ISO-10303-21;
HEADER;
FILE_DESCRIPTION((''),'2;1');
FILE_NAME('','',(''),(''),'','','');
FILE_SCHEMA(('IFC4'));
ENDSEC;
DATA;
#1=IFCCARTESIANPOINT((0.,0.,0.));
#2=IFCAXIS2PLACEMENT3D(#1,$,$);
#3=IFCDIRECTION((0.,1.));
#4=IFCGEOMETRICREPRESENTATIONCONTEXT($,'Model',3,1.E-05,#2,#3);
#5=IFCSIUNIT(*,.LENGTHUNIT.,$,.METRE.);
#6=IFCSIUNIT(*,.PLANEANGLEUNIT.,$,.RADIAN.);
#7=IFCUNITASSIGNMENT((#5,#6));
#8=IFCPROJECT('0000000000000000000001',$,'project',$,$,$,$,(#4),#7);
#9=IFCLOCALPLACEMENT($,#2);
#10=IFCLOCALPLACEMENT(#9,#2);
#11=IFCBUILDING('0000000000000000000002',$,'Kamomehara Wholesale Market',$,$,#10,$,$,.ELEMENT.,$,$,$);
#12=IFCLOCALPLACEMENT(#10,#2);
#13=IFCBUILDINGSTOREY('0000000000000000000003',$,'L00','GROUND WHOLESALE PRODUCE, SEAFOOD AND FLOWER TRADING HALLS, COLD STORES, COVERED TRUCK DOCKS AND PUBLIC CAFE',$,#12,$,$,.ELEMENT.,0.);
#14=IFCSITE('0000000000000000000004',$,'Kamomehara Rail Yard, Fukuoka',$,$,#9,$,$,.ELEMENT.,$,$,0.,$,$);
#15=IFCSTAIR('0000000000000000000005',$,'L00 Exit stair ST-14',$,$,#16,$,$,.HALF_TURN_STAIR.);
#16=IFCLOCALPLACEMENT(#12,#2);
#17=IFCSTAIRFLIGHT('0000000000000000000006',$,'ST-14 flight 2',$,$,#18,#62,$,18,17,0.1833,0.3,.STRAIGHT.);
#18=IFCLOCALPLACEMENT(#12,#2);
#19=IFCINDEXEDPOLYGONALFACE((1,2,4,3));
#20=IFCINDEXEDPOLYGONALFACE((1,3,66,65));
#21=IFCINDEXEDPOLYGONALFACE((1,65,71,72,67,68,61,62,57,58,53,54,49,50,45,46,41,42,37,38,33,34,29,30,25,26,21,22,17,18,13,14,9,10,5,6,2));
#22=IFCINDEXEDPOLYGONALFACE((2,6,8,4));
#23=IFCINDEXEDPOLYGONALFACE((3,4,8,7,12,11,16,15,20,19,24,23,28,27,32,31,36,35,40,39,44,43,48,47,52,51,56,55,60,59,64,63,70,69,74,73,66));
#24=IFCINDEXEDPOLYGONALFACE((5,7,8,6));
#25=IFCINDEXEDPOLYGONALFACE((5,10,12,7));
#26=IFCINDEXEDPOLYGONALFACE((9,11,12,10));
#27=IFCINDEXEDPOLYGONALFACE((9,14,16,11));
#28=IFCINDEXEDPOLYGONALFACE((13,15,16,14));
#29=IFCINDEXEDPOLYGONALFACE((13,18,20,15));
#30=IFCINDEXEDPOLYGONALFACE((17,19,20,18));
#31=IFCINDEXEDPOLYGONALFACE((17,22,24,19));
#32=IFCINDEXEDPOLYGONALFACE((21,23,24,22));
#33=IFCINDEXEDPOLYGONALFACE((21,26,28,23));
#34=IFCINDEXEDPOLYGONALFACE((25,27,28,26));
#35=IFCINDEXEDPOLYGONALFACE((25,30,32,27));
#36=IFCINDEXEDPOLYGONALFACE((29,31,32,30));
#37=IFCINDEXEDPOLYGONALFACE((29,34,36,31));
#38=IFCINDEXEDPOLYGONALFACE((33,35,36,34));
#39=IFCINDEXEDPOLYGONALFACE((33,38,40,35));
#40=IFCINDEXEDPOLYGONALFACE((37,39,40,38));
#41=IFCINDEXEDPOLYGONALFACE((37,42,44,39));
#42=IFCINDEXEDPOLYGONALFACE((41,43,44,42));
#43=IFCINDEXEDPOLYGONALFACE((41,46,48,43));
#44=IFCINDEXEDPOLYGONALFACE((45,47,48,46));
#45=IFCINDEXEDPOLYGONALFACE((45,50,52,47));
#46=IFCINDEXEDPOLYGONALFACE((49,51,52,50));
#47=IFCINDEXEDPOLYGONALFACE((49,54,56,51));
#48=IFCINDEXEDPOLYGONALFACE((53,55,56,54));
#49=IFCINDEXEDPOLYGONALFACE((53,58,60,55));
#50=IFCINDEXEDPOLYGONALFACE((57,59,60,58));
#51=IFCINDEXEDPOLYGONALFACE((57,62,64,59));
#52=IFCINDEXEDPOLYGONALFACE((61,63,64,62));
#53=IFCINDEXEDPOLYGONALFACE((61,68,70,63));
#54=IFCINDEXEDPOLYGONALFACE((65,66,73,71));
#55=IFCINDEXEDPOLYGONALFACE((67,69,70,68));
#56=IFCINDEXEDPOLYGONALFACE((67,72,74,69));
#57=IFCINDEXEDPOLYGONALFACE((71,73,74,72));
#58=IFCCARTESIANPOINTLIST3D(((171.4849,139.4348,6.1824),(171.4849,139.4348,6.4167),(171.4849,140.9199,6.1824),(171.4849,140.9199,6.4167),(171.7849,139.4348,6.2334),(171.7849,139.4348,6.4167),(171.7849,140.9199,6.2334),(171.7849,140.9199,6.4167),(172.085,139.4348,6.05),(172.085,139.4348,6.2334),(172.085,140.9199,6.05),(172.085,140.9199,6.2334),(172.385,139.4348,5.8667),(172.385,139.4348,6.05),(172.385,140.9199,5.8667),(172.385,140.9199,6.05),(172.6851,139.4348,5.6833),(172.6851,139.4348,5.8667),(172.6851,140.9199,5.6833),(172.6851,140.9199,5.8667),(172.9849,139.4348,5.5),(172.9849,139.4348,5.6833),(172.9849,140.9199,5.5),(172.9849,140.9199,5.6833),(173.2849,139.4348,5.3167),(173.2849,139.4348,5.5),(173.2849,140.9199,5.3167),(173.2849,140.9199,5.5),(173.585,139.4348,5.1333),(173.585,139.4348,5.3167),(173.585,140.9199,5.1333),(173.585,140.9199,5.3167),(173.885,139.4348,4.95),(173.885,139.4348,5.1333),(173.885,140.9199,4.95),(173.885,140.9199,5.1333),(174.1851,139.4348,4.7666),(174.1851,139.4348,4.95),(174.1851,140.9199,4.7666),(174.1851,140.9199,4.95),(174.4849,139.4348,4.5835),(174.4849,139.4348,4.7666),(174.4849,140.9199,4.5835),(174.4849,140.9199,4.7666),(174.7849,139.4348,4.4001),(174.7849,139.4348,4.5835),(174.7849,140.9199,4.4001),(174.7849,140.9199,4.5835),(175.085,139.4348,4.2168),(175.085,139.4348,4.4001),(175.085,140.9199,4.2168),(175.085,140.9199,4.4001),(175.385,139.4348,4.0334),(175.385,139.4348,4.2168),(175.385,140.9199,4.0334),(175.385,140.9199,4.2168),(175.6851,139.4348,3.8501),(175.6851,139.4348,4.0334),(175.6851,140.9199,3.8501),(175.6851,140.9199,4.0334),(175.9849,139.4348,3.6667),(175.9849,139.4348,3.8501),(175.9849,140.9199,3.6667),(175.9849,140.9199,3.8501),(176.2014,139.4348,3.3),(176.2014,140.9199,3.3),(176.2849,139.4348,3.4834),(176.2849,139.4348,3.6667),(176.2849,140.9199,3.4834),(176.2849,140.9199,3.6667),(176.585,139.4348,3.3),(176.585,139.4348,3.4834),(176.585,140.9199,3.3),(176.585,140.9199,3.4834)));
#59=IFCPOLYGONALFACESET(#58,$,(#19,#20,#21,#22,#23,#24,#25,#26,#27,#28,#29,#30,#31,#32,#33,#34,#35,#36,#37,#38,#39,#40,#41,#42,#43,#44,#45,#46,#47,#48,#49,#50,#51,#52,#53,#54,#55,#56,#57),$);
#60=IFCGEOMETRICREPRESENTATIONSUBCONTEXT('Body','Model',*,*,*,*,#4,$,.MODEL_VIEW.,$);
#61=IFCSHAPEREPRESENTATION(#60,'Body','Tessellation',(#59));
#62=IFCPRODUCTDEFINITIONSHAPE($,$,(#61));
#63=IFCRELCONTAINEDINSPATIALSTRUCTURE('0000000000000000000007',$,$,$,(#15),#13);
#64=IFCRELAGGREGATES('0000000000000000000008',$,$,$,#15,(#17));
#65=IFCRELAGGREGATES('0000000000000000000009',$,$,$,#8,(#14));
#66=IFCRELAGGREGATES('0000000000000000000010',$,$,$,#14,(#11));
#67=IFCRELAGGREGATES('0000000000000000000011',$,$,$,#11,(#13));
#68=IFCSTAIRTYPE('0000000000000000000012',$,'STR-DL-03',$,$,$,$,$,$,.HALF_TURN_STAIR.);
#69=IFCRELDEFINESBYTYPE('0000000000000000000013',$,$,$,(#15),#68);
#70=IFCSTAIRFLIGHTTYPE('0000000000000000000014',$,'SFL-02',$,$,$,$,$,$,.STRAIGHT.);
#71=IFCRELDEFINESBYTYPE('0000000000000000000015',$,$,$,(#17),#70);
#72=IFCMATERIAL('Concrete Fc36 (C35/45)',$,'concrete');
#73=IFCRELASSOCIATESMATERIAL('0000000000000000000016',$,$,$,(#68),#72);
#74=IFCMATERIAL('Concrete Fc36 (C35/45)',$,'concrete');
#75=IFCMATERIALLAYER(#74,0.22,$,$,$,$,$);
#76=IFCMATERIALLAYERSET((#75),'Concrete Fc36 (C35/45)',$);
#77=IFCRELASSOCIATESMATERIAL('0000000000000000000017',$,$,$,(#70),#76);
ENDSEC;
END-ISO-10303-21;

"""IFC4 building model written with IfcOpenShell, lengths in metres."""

from ifc_helpers import new_model, si_unit, direction, frame, origin, place, context, subcontext, project, spatial, polyline, outline, extrude, material, layer, layer_set, type_object, element, aggregate, save


model = new_model("IFC4")

# Units and contexts
model_context = context("Model", 3, precision=1e-05, world=origin(), true_north=direction((0.0, 1.0)))
body_context = subcontext(model_context, "Body", "Model", "MODEL_VIEW")
ifc_project = project(units=[si_unit("LENGTHUNIT", "METRE"), si_unit("PLANEANGLEUNIT", "RADIAN")], contexts=[model_context])

# Site, building, storey
site_placement = place(None, origin())
site = spatial("IfcSite", under=ifc_project, at=site_placement, Name="Kamomehara Rail Yard, Fukuoka", CompositionType="ELEMENT", RefElevation=0.0)
building_placement = place(site_placement, origin())
building = spatial("IfcBuilding", under=site, at=building_placement, Name="Kamomehara Wholesale Market", CompositionType="ELEMENT")
storey_placement = place(building_placement, origin())
storey = spatial("IfcBuildingStorey", under=building, at=storey_placement, Name="L00", Description="GROUND WHOLESALE PRODUCE, SEAFOOD AND FLOWER TRADING HALLS, COLD STORES, COVERED TRUCK DOCKS AND PUBLIC CAFE", CompositionType="ELEMENT", Elevation=0.0)

# Stair, stair flight
ifc_material_1 = material(Name="Concrete Fc36 (C35/45)", Category="concrete")
stair_type = type_object("IfcStairType", Name="STR-DL-03", PredefinedType="HALF_TURN_STAIR", material=ifc_material_1)
stair_placement = place(storey_placement, origin())
stair = element("IfcStair", 1, at=stair_placement, inside=storey, type_object=stair_type, Name="L00 Exit stair ST-14", PredefinedType="HALF_TURN_STAIR")
ifc_material_2 = material(Name="Concrete Fc36 (C35/45)", Category="concrete")
ifc_layer_1 = layer(ifc_material_2, 0.22)
ifc_layer_set_1 = layer_set([ifc_layer_1], Name="Concrete Fc36 (C35/45)")
stair_flight_type = type_object("IfcStairFlightType", Name="SFL-02", PredefinedType="STRAIGHT", material=ifc_layer_set_1)
stair_flight_1_placement = place(storey_placement, frame((176.585, 140.1775, 3.3), z_axis=(0.0, 0.0, 1.0), x_axis=(-1.0, 0.0, 0.0)))
stair_flight_1 = element("IfcStairFlight", 2, at=stair_flight_1_placement, type_object=stair_flight_type, Name="ST-14 flight 2", NumberOfRisers=18, NumberOfTreads=17, PredefinedType="STRAIGHT", RiserHeight=0.1833, TreadLength=0.3, context=body_context, shape_type="SweptSolid", body=[
    extrude(outline(polyline([(0.0, 0.0), (0.0, 0.1833), (0.3, 0.1833), (0.3, 0.3667), (0.6001, 0.3667), (0.6001, 0.55), (0.8999, 0.55), (0.8999, 0.7334), (1.2, 0.7334), (1.2, 0.9167), (1.5, 0.9167), (1.5, 1.1001), (1.8, 1.1001), (1.8, 1.2834), (2.1001, 1.2834), (2.1001, 1.4666), (2.3999, 1.4666), (2.3999, 1.6499), (2.7, 1.6499), (2.7, 1.8333), (3.0, 1.8333), (3.0, 2.0166), (3.3, 2.0166), (3.3, 2.2), (3.6001, 2.2), (3.6001, 2.3833), (3.8999, 2.3833), (3.8999, 2.5667), (4.2, 2.5667), (4.2, 2.75), (4.5, 2.75), (4.5, 2.9333), (4.8, 2.9333), (4.8, 3.1167), (5.1001, 3.1167), (5.1001, 3.3), (5.1001, 2.8823), (0.3835, 0.0), (0.0, 0.0)])), frame((0.0, 0.7427, 0.0), z_axis=(0.0, -1.0, 0.0), x_axis=(1.0, 0.0, 0.0)), (0.0, 0.0, 1.0), 1.4851),
])
aggregate(stair, [stair_flight_1])

save(model, "model.ifc")
